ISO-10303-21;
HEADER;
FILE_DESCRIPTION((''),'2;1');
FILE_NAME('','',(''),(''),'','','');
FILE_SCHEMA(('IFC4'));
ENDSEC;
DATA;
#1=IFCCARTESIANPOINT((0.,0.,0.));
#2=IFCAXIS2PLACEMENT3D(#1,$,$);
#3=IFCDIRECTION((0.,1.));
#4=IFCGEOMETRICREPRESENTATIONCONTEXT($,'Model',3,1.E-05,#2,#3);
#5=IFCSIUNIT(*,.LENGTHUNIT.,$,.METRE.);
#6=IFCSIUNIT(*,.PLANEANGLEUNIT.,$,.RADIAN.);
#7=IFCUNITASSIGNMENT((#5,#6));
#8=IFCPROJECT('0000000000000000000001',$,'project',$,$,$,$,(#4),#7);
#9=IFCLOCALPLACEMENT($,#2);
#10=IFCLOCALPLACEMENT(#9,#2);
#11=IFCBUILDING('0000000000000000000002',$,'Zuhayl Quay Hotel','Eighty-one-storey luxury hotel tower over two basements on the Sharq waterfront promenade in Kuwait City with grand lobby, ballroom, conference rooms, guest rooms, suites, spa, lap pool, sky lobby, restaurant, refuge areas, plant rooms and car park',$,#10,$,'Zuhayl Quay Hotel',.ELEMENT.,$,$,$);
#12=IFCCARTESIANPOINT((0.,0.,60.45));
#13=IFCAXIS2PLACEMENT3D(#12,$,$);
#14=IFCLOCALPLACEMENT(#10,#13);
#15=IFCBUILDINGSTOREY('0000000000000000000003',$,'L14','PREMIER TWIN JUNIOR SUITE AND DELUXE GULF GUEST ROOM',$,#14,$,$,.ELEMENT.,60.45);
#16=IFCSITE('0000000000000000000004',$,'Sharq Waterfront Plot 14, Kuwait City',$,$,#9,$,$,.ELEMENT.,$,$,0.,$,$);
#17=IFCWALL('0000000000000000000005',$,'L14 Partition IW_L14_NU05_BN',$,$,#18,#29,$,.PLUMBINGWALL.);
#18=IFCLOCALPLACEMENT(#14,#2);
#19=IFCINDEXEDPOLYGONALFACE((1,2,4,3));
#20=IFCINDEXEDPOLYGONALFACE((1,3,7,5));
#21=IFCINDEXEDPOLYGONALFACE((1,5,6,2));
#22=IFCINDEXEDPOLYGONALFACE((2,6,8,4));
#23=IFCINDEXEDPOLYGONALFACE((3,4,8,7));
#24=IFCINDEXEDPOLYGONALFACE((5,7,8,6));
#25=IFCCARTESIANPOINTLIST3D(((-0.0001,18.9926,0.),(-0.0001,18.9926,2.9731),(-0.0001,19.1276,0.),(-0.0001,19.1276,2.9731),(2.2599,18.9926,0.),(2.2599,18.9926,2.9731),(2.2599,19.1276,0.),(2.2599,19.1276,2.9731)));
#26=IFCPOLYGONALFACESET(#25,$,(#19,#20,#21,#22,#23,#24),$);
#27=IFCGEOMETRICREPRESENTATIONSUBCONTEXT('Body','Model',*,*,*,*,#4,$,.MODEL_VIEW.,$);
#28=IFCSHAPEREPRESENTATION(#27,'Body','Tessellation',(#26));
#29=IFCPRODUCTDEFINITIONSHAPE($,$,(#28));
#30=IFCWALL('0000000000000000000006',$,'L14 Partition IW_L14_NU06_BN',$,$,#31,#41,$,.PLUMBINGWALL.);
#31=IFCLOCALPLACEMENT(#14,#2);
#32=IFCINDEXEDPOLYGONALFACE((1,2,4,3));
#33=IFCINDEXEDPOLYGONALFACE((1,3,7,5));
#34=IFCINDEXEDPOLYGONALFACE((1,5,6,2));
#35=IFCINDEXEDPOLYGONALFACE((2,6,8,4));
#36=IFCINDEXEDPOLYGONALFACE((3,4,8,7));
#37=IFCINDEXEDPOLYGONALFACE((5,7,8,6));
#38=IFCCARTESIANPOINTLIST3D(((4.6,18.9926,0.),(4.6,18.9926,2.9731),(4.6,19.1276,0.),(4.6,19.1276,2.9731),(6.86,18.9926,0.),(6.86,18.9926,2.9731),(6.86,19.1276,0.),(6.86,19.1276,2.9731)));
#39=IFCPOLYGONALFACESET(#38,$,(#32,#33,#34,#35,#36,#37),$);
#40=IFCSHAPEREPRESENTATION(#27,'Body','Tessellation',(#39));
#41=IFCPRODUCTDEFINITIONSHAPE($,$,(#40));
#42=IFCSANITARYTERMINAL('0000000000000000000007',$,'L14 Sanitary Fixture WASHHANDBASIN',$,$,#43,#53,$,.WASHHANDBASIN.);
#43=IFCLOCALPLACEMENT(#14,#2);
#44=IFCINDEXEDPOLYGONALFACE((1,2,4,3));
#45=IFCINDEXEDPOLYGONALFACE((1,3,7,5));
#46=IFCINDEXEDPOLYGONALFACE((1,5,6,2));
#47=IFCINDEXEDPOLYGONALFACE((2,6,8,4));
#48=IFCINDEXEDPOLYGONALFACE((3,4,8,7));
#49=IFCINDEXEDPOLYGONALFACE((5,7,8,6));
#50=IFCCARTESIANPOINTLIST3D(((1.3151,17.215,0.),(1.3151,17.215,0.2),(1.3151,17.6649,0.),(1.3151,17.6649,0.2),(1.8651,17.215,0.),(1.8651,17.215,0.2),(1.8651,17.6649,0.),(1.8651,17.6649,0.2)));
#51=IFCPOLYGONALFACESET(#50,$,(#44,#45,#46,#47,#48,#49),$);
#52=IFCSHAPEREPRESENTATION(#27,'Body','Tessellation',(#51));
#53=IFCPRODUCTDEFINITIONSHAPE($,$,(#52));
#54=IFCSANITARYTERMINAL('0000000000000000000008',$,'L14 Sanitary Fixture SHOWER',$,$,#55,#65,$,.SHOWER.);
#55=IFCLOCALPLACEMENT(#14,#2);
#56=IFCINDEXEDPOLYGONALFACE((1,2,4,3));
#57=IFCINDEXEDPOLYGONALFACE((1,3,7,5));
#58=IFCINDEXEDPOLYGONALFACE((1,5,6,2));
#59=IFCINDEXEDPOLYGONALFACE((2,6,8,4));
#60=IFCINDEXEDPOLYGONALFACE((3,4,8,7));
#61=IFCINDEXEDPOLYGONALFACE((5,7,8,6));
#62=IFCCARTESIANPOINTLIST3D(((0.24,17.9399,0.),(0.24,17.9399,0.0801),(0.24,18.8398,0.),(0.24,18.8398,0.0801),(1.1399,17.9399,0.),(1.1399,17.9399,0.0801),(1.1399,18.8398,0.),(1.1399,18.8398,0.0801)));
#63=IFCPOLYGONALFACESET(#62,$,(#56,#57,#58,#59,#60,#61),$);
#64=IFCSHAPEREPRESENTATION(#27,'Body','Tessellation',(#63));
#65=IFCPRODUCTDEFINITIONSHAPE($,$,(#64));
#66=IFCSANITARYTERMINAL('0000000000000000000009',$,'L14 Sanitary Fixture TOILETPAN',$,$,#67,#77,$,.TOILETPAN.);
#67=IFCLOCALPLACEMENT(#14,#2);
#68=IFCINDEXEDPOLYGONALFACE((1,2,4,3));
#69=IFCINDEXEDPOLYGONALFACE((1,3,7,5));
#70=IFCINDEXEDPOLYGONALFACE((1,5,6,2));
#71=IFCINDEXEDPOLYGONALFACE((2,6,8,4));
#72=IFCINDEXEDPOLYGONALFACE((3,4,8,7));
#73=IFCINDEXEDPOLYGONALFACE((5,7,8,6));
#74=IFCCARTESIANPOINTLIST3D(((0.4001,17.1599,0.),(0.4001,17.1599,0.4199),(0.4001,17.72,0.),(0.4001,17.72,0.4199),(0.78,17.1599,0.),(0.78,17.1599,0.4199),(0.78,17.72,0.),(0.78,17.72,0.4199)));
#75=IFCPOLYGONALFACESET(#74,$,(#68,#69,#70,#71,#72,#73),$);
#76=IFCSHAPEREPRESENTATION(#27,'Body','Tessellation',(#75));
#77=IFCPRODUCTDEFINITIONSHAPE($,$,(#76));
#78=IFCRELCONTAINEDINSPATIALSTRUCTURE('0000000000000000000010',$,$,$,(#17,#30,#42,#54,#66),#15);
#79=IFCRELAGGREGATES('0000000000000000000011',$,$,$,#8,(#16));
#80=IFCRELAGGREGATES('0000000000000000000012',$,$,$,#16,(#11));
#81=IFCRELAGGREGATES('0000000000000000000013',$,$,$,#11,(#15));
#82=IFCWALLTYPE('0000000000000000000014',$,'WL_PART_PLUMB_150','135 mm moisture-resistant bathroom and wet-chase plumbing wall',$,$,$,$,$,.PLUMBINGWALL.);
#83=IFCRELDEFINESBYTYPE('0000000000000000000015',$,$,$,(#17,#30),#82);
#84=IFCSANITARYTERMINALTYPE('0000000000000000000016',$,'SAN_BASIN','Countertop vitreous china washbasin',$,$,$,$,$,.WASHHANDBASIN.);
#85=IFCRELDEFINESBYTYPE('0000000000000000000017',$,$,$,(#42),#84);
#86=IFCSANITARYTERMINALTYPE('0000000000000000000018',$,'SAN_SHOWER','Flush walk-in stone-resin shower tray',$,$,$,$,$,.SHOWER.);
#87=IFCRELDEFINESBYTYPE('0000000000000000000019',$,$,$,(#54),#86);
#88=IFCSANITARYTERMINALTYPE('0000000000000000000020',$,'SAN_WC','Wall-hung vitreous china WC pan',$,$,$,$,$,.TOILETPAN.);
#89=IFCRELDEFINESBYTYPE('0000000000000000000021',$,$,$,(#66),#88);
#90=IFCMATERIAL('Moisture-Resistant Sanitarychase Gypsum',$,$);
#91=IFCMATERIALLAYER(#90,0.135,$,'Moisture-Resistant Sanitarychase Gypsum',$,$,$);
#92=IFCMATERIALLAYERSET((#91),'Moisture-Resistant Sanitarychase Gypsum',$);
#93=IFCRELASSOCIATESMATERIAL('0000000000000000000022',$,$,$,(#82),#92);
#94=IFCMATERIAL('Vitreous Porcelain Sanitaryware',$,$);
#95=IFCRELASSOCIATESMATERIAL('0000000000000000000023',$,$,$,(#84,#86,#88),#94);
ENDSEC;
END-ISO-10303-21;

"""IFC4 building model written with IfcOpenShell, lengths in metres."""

from ifc_helpers import new_model, si_unit, direction, frame, frame_2d, origin, origin_2d, place, context, subcontext, project, spatial, rectangle, extrude, material, layer, layer_set, type_object, element, save


model = new_model("IFC4")

# Units and contexts
model_context = context("Model", 3, precision=1e-05, world=origin(), true_north=direction((0.0, 1.0)))
body_context = subcontext(model_context, "Body", "Model", "MODEL_VIEW")
ifc_project = project(units=[si_unit("LENGTHUNIT", "METRE"), si_unit("PLANEANGLEUNIT", "RADIAN")], contexts=[model_context])

# Site, building, storey
site_placement = place(None, origin())
site = spatial("IfcSite", under=ifc_project, at=site_placement, Name="Sharq Waterfront Plot 14, Kuwait City", CompositionType="ELEMENT", RefElevation=0.0)
building_placement = place(site_placement, origin())
building = spatial("IfcBuilding", under=site, at=building_placement, Name="Zuhayl Quay Hotel", Description="Eighty-one-storey luxury hotel tower over two basements on the Sharq waterfront promenade in Kuwait City with grand lobby, ballroom, conference rooms, guest rooms, suites, spa, lap pool, sky lobby, restaurant, refuge areas, plant rooms and car park", LongName="Zuhayl Quay Hotel", CompositionType="ELEMENT")
storey_placement = place(building_placement, frame((0.0, 0.0, 60.45)))
storey = spatial("IfcBuildingStorey", under=building, at=storey_placement, Name="L14", Description="PREMIER TWIN JUNIOR SUITE AND DELUXE GULF GUEST ROOM", CompositionType="ELEMENT", Elevation=60.45)

# Shared definitions
ifc_material_1 = material(Name="Moisture-Resistant Sanitarychase Gypsum")
ifc_layer_1 = layer(ifc_material_1, 0.135, Name="Moisture-Resistant Sanitarychase Gypsum")
ifc_layer_set_1 = layer_set([ifc_layer_1], Name="Moisture-Resistant Sanitarychase Gypsum")
wall_type_1 = type_object("IfcWallType", Name="WL_PART_PLUMB_150", Description="135 mm moisture-resistant bathroom and wet-chase plumbing wall", PredefinedType="PLUMBINGWALL", material=ifc_layer_set_1)

# Walls
for number, where, z_axis, x_axis, name in (
    (1, (0.0, 19.0601, 0.0), (0.0, 0.0, 1.0), (1.0, 0.0, 0.0), "L14 Partition IW_L14_NU05_BN"),
    (2, (4.6001, 19.0601, 0.0), (0.0, 0.0, 1.0), (1.0, 0.0, 0.0), "L14 Partition IW_L14_NU06_BN"),
):
    element("IfcWall", number, at=place(storey_placement, frame(where, z_axis=z_axis, x_axis=x_axis)), inside=storey, type_object=wall_type_1, Name=name, PredefinedType="PLUMBINGWALL", context=body_context, shape_type="SweptSolid", body=[
        extrude(rectangle(XDim=2.26, YDim=0.135, at=frame_2d((1.1299, 0.0))), origin(), (0.0, 0.0, 1.0), 2.9731),
    ])

# Sanitary terminals
ifc_material_2 = material(Name="Vitreous Porcelain Sanitaryware")
sanitary_terminal_type_1 = type_object("IfcSanitaryTerminalType", Name="SAN_BASIN", Description="Countertop vitreous china washbasin", PredefinedType="WASHHANDBASIN", material=ifc_material_2)
sanitary_terminal_1_placement = place(storey_placement, frame((1.5901, 17.4399, 0.0), z_axis=(0.0, 0.0, 1.0), x_axis=(1.0, 0.0, 0.0)))
element("IfcSanitaryTerminal", 3, at=sanitary_terminal_1_placement, inside=storey, type_object=sanitary_terminal_type_1, Name="L14 Sanitary Fixture WASHHANDBASIN", PredefinedType="WASHHANDBASIN", context=body_context, shape_type="SweptSolid", body=[
    extrude(rectangle(XDim=0.55, YDim=0.45, at=origin_2d()), origin(), (0.0, 0.0, 1.0), 0.2),
])
sanitary_terminal_type_2 = type_object("IfcSanitaryTerminalType", Name="SAN_SHOWER", Description="Flush walk-in stone-resin shower tray", PredefinedType="SHOWER", material=ifc_material_2)
sanitary_terminal_2_placement = place(storey_placement, frame((0.6899, 18.3899, 0.0), z_axis=(0.0, 0.0, 1.0), x_axis=(1.0, 0.0, 0.0)))
element("IfcSanitaryTerminal", 4, at=sanitary_terminal_2_placement, inside=storey, type_object=sanitary_terminal_type_2, Name="L14 Sanitary Fixture SHOWER", PredefinedType="SHOWER", context=body_context, shape_type="SweptSolid", body=[
    extrude(rectangle(XDim=0.8999, YDim=0.8999, at=origin_2d()), origin(), (0.0, 0.0, 1.0), 0.0801),
])
sanitary_terminal_type_3 = type_object("IfcSanitaryTerminalType", Name="SAN_WC", Description="Wall-hung vitreous china WC pan", PredefinedType="TOILETPAN", material=ifc_material_2)
sanitary_terminal_3_placement = place(storey_placement, frame((0.5901, 17.4399, 0.0), z_axis=(0.0, 0.0, 1.0), x_axis=(1.0, 0.0, 0.0)))
element("IfcSanitaryTerminal", 5, at=sanitary_terminal_3_placement, inside=storey, type_object=sanitary_terminal_type_3, Name="L14 Sanitary Fixture TOILETPAN", PredefinedType="TOILETPAN", context=body_context, shape_type="SweptSolid", body=[
    extrude(rectangle(XDim=0.3799, YDim=0.5601, at=origin_2d()), origin(), (0.0, 0.0, 1.0), 0.4199),
])

save(model, "model.ifc")
